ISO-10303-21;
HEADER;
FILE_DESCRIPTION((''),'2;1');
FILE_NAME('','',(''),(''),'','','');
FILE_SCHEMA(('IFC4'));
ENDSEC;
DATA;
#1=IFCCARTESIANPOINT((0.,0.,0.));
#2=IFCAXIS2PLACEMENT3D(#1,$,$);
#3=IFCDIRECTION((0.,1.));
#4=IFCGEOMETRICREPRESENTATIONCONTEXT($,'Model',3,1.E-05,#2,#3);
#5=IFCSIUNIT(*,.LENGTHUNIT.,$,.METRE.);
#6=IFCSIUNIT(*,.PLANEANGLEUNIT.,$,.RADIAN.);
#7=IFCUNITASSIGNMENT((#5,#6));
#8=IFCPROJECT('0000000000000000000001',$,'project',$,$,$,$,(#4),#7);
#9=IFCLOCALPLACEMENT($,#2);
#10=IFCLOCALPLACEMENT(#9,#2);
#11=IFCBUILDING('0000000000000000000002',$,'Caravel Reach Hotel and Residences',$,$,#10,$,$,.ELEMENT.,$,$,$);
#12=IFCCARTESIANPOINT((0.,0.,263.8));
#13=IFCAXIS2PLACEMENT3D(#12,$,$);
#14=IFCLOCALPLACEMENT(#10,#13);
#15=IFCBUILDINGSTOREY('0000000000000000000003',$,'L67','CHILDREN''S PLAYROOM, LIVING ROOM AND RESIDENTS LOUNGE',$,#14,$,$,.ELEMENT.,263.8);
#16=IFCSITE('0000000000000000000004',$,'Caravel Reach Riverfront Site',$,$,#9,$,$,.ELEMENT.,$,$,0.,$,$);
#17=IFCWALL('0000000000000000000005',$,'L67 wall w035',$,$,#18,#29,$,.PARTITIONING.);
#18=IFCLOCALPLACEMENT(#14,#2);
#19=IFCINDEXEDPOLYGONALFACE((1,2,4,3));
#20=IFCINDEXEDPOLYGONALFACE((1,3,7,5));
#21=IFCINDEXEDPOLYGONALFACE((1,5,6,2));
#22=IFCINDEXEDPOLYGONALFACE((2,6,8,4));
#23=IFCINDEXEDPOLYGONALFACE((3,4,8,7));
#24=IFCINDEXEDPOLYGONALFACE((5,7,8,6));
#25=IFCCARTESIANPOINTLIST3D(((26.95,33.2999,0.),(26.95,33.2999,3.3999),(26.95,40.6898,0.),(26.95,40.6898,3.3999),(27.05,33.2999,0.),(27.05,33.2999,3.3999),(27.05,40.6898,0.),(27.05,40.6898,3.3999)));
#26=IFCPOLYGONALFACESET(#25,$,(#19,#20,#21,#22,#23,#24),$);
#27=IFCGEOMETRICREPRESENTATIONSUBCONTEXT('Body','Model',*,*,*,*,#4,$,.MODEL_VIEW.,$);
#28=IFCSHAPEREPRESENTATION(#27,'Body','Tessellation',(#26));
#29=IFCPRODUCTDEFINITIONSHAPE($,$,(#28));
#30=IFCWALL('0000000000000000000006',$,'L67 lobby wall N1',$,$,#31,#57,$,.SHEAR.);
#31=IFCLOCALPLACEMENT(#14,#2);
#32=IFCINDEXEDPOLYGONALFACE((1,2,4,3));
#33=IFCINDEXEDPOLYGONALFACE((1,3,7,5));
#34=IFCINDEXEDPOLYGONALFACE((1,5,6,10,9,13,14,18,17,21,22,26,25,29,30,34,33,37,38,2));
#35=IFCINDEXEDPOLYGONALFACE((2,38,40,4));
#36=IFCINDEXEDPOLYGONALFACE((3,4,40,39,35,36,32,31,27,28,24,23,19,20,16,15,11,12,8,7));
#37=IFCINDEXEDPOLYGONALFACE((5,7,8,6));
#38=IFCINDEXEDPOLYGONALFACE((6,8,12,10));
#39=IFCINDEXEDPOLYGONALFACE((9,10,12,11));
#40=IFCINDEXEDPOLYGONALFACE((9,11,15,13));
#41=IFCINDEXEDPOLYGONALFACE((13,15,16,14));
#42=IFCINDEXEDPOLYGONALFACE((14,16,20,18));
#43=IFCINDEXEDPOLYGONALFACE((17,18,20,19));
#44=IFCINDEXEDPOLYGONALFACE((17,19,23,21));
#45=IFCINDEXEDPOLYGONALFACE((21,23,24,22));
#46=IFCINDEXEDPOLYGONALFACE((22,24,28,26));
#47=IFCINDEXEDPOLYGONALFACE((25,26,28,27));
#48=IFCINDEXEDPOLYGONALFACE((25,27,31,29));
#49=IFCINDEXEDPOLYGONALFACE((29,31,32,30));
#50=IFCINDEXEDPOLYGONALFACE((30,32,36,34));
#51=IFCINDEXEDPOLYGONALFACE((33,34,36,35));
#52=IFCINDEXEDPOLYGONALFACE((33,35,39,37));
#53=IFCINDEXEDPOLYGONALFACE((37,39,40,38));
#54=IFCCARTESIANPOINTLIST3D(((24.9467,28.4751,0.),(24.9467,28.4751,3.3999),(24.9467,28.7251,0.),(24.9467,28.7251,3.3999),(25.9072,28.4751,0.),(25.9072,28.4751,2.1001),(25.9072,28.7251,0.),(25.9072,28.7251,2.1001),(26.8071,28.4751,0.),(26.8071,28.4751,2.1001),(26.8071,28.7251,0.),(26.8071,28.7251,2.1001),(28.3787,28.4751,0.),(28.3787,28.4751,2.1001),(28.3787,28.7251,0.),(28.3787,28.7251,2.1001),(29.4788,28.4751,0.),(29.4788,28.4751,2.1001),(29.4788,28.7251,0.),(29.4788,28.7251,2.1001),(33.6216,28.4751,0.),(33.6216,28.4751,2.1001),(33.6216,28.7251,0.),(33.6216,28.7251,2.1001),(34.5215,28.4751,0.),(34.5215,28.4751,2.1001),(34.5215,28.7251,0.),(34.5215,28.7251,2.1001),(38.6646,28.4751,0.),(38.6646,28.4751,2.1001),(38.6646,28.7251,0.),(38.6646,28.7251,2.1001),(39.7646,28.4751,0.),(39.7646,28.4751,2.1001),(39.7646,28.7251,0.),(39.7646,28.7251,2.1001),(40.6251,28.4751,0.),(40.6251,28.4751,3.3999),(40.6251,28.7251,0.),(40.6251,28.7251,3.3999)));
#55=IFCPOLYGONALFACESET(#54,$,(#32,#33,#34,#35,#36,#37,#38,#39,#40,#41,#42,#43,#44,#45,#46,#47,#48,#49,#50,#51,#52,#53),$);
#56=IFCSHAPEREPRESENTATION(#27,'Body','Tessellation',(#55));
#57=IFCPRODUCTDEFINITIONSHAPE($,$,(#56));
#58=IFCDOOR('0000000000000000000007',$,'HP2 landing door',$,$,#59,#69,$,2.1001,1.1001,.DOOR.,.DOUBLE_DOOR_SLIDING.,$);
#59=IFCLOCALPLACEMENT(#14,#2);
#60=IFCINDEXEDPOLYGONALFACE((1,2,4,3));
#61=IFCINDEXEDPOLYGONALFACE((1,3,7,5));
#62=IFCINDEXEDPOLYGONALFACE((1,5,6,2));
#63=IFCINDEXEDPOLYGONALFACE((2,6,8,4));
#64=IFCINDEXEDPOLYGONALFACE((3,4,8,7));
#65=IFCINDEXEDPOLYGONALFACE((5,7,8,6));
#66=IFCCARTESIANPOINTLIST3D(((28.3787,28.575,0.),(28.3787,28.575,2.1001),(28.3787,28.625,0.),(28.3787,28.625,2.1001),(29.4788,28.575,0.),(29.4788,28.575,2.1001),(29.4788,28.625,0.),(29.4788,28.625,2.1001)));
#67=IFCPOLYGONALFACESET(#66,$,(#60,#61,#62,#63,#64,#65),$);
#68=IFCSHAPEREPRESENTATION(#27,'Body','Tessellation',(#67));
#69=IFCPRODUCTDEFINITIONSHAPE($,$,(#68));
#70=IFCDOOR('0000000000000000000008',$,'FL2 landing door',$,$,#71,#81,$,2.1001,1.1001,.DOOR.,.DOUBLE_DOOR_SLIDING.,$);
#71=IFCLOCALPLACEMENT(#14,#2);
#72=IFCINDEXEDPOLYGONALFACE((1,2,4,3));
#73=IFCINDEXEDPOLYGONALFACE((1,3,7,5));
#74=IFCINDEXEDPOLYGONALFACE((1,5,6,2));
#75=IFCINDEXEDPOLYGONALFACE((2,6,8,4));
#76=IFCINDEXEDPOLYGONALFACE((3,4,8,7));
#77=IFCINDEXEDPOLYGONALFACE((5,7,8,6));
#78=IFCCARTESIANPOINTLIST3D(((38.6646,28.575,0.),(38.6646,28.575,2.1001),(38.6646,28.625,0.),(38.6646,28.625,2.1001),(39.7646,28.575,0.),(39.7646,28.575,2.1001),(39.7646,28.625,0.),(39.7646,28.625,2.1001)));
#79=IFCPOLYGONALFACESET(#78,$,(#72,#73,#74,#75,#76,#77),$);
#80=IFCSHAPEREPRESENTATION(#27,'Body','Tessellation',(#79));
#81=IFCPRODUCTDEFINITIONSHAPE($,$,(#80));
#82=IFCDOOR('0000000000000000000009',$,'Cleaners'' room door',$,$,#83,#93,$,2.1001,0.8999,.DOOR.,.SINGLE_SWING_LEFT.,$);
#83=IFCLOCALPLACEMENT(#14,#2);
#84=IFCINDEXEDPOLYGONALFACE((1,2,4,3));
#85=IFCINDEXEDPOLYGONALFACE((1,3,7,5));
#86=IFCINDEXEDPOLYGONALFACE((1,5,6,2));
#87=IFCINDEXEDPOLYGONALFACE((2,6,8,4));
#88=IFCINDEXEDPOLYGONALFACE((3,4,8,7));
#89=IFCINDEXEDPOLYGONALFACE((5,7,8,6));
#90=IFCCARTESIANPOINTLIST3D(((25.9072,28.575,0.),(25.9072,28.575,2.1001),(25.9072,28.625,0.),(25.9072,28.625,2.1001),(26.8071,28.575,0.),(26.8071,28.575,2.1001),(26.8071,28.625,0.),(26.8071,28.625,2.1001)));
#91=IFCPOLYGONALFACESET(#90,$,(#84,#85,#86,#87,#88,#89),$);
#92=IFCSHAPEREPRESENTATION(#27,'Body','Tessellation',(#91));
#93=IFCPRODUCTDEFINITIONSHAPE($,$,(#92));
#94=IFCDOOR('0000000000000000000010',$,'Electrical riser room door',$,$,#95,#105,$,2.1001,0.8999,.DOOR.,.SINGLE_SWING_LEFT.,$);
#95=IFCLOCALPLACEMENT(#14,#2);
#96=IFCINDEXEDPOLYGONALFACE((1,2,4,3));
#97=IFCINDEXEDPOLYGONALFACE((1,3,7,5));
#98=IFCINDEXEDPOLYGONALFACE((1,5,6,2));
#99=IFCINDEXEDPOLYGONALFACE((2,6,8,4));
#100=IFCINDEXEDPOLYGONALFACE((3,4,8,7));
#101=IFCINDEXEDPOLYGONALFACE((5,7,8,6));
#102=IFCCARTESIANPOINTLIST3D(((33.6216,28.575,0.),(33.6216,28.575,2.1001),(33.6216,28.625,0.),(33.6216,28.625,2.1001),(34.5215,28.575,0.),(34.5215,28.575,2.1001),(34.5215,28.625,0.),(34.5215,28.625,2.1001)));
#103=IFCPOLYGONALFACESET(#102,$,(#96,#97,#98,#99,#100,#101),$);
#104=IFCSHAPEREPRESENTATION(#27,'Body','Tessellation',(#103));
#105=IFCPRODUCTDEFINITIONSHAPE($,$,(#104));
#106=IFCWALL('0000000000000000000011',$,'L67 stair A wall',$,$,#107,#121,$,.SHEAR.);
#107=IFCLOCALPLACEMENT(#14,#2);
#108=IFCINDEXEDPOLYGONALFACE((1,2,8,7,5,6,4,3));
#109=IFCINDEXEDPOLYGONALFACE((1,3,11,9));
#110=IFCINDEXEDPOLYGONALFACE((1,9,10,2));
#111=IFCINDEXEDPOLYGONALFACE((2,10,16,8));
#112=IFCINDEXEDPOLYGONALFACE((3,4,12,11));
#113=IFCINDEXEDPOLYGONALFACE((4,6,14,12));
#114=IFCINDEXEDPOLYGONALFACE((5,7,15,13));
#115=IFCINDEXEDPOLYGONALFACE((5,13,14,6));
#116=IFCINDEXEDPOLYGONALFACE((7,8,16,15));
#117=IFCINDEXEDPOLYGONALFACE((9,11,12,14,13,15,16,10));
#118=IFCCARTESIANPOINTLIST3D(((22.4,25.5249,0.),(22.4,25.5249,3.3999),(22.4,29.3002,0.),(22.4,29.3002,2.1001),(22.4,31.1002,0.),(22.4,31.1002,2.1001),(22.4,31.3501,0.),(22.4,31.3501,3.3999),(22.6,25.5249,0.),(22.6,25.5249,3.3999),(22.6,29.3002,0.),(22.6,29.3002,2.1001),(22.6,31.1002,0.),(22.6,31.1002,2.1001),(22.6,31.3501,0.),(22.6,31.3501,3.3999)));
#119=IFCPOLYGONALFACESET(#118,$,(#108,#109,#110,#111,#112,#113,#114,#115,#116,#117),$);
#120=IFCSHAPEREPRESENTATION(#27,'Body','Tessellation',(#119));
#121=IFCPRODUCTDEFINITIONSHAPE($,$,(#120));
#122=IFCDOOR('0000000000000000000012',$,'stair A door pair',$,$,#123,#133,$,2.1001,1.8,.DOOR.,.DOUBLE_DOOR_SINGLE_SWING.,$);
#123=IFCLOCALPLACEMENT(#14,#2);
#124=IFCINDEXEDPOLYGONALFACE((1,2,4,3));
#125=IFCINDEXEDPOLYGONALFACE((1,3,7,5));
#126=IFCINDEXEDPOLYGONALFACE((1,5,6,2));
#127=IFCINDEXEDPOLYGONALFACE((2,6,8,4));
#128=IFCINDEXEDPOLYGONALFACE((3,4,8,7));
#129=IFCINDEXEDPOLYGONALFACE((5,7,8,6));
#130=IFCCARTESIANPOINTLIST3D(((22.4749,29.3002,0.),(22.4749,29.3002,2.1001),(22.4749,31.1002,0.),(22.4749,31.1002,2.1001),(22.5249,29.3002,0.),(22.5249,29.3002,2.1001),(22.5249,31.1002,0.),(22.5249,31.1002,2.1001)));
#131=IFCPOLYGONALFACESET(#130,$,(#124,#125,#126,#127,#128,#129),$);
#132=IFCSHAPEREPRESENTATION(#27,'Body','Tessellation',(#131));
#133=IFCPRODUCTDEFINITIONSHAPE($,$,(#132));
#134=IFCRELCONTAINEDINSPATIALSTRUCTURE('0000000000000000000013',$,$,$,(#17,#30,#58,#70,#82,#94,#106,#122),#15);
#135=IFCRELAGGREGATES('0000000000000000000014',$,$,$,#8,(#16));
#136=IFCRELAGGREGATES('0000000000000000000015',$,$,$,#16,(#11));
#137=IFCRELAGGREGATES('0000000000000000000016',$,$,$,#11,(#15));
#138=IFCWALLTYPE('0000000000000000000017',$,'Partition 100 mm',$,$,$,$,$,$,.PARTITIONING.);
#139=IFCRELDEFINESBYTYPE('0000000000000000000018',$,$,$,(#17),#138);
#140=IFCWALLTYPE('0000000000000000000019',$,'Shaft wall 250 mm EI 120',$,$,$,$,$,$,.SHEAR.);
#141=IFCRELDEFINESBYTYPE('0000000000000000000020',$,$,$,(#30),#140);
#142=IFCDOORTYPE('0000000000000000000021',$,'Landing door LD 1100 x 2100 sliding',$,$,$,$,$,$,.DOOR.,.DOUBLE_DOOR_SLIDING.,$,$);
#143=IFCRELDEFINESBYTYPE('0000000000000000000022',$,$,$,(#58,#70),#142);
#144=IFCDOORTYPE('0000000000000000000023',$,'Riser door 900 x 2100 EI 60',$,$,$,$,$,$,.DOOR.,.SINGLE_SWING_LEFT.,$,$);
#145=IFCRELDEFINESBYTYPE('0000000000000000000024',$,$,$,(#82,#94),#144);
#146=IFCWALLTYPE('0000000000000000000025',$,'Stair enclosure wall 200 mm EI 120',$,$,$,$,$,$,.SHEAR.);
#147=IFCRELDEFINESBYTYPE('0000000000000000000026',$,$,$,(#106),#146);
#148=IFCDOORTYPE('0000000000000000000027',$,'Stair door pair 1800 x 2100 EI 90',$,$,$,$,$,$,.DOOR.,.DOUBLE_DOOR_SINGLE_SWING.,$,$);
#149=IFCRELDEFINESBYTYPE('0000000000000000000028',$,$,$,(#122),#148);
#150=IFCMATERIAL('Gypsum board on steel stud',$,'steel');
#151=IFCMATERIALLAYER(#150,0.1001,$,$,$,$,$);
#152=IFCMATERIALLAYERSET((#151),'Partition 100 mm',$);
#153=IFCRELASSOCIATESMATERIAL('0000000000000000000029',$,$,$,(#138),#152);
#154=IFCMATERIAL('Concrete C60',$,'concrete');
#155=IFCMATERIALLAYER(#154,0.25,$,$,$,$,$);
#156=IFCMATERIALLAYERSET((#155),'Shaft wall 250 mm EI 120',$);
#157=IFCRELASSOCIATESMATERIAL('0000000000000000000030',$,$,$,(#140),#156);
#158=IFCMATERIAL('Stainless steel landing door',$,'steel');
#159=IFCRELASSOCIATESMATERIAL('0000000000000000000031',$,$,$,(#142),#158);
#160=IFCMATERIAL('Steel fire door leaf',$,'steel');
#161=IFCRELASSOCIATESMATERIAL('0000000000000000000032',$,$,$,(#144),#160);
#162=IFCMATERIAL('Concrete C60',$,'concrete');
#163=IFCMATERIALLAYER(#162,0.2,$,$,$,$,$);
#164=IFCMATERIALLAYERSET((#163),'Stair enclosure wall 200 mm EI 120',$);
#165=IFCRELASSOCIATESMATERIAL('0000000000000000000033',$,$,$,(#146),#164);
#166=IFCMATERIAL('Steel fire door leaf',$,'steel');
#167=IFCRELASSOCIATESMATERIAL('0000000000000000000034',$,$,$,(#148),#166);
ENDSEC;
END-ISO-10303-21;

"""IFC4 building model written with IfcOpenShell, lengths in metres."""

from ifc_helpers import new_model, si_unit, direction, frame, frame_2d, origin, place, context, subcontext, project, spatial, rectangle, extrude, material, layer, layer_set, type_object, element, fill, save


model = new_model("IFC4")

# Units and contexts
model_context = context("Model", 3, precision=1e-05, world=origin(), true_north=direction((0.0, 1.0)))
body_context = subcontext(model_context, "Body", "Model", "MODEL_VIEW")
ifc_project = project(units=[si_unit("LENGTHUNIT", "METRE"), si_unit("PLANEANGLEUNIT", "RADIAN")], contexts=[model_context])

# Site, building, storey
site_placement = place(None, origin())
site = spatial("IfcSite", under=ifc_project, at=site_placement, Name="Caravel Reach Riverfront Site", CompositionType="ELEMENT", RefElevation=0.0)
building_placement = place(site_placement, origin())
building = spatial("IfcBuilding", under=site, at=building_placement, Name="Caravel Reach Hotel and Residences", CompositionType="ELEMENT")
storey_placement = place(building_placement, frame((0.0, 0.0, 263.8)))
storey = spatial("IfcBuildingStorey", under=building, at=storey_placement, Name="L67", Description="CHILDREN'S PLAYROOM, LIVING ROOM AND RESIDENTS LOUNGE", CompositionType="ELEMENT", Elevation=263.8)

# Shared definitions
ifc_material_1 = material(Name="Gypsum board on steel stud", Category="steel")
ifc_layer_1 = layer(ifc_material_1, 0.1001)
ifc_layer_set_1 = layer_set([ifc_layer_1], Name="Partition 100 mm")
wall_type_1 = type_object("IfcWallType", Name="Partition 100 mm", PredefinedType="PARTITIONING", material=ifc_layer_set_1)

# Wall
wall_1_placement = place(storey_placement, frame((27.0, 33.3, 0.0), z_axis=(0.0, 0.0, 1.0), x_axis=(0.0, 1.0, 0.0)))
element("IfcWall", 1, at=wall_1_placement, inside=storey, type_object=wall_type_1, Name="L67 wall w035", PredefinedType="PARTITIONING", context=body_context, shape_type="SweptSolid", body=[
    extrude(rectangle(XDim=7.3899, YDim=0.1001, at=frame_2d((3.6948, 0.0))), origin(), (0.0, 0.0, 1.0), 3.3999),
])

# Wall, openings, doors
ifc_material_2 = material(Name="Concrete C60", Category="concrete")
ifc_layer_2 = layer(ifc_material_2, 0.25)
ifc_layer_set_2 = layer_set([ifc_layer_2], Name="Shaft wall 250 mm EI 120")
wall_type_2 = type_object("IfcWallType", Name="Shaft wall 250 mm EI 120", PredefinedType="SHEAR", material=ifc_layer_set_2)
wall_2_placement = place(storey_placement, frame((24.9465, 28.6001, 0.0), z_axis=(0.0, 0.0, 1.0), x_axis=(1.0, 0.0, 0.0)))
wall_2 = element("IfcWall", 2, at=wall_2_placement, inside=storey, type_object=wall_type_2, Name="L67 lobby wall N1", PredefinedType="SHEAR", context=body_context, shape_type="SweptSolid", body=[
    extrude(rectangle(XDim=15.6785, YDim=0.25, at=frame_2d((7.8394, 0.0))), origin(), (0.0, 0.0, 1.0), 3.3999),
])
opening_1_placement = place(wall_2_placement, frame((3.4321, 0.0, 0.0)))
opening_1 = element("IfcOpeningElement", 3, at=opening_1_placement, cuts=wall_2, PredefinedType="OPENING", context=body_context, shape_type="SweptSolid", body=[
    extrude(rectangle(XDim=1.1001, YDim=2.1001, at=frame_2d((0.55, 1.05))), frame((0.0, 0.135, 0.0), z_axis=(0.0, -1.0, 0.0), x_axis=(1.0, 0.0, 0.0)), (0.0, 0.0, 1.0), 0.27),
])
opening_2_placement = place(wall_2_placement, frame((13.718, 0.0, 0.0)))
opening_2 = element("IfcOpeningElement", 4, at=opening_2_placement, cuts=wall_2, PredefinedType="OPENING", context=body_context, shape_type="SweptSolid", body=[
    extrude(rectangle(XDim=1.1001, YDim=2.1001, at=frame_2d((0.55, 1.05))), frame((0.0, 0.135, 0.0), z_axis=(0.0, -1.0, 0.0), x_axis=(1.0, 0.0, 0.0)), (0.0, 0.0, 1.0), 0.27),
])
opening_3_placement = place(wall_2_placement, frame((0.9607, 0.0, 0.0)))
opening_3 = element("IfcOpeningElement", 5, at=opening_3_placement, cuts=wall_2, PredefinedType="OPENING", context=body_context, shape_type="SweptSolid", body=[
    extrude(rectangle(XDim=0.8999, YDim=2.1001, at=frame_2d((0.45, 1.05))), frame((0.0, 0.135, 0.0), z_axis=(0.0, -1.0, 0.0), x_axis=(1.0, 0.0, 0.0)), (0.0, 0.0, 1.0), 0.27),
])
opening_4_placement = place(wall_2_placement, frame((8.675, 0.0, 0.0)))
opening_4 = element("IfcOpeningElement", 6, at=opening_4_placement, cuts=wall_2, PredefinedType="OPENING", context=body_context, shape_type="SweptSolid", body=[
    extrude(rectangle(XDim=0.8999, YDim=2.1001, at=frame_2d((0.45, 1.05))), frame((0.0, 0.135, 0.0), z_axis=(0.0, -1.0, 0.0), x_axis=(1.0, 0.0, 0.0)), (0.0, 0.0, 1.0), 0.27),
])
ifc_material_3 = material(Name="Stainless steel landing door", Category="steel")
door_type_1 = type_object("IfcDoorType", Name="Landing door LD 1100 x 2100 sliding", OperationType="DOUBLE_DOOR_SLIDING", PredefinedType="DOOR", material=ifc_material_3)
door_1_placement = place(opening_1_placement, origin())
door_1 = element("IfcDoor", 7, at=door_1_placement, inside=storey, type_object=door_type_1, Name="HP2 landing door", OperationType="DOUBLE_DOOR_SLIDING", OverallHeight=2.1001, OverallWidth=1.1001, PredefinedType="DOOR", context=body_context, shape_type="SweptSolid", body=[
    extrude(rectangle(XDim=1.1001, YDim=2.1001, at=frame_2d((0.55, 1.05))), frame((0.0, 0.0249, 0.0), z_axis=(0.0, -1.0, 0.0), x_axis=(1.0, 0.0, 0.0)), (0.0, 0.0, 1.0), 0.05),
])
fill(opening_1, door_1)
door_2_placement = place(opening_2_placement, origin())
door_2 = element("IfcDoor", 8, at=door_2_placement, inside=storey, type_object=door_type_1, Name="FL2 landing door", OperationType="DOUBLE_DOOR_SLIDING", OverallHeight=2.1001, OverallWidth=1.1001, PredefinedType="DOOR", context=body_context, shape_type="SweptSolid", body=[
    extrude(rectangle(XDim=1.1001, YDim=2.1001, at=frame_2d((0.55, 1.05))), frame((0.0, 0.0249, 0.0), z_axis=(0.0, -1.0, 0.0), x_axis=(1.0, 0.0, 0.0)), (0.0, 0.0, 1.0), 0.05),
])
fill(opening_2, door_2)
ifc_material_4 = material(Name="Steel fire door leaf", Category="steel")
door_type_2 = type_object("IfcDoorType", Name="Riser door 900 x 2100 EI 60", OperationType="SINGLE_SWING_LEFT", PredefinedType="DOOR", material=ifc_material_4)
door_3_placement = place(opening_3_placement, origin())
door_3 = element("IfcDoor", 9, at=door_3_placement, inside=storey, type_object=door_type_2, Name="Cleaners' room door", OperationType="SINGLE_SWING_LEFT", OverallHeight=2.1001, OverallWidth=0.8999, PredefinedType="DOOR", context=body_context, shape_type="SweptSolid", body=[
    extrude(rectangle(XDim=0.8999, YDim=2.1001, at=frame_2d((0.45, 1.05))), frame((0.0, 0.0249, 0.0), z_axis=(0.0, -1.0, 0.0), x_axis=(1.0, 0.0, 0.0)), (0.0, 0.0, 1.0), 0.05),
])
fill(opening_3, door_3)
door_4_placement = place(opening_4_placement, origin())
door_4 = element("IfcDoor", 10, at=door_4_placement, inside=storey, type_object=door_type_2, Name="Electrical riser room door", OperationType="SINGLE_SWING_LEFT", OverallHeight=2.1001, OverallWidth=0.8999, PredefinedType="DOOR", context=body_context, shape_type="SweptSolid", body=[
    extrude(rectangle(XDim=0.8999, YDim=2.1001, at=frame_2d((0.45, 1.05))), frame((0.0, 0.0249, 0.0), z_axis=(0.0, -1.0, 0.0), x_axis=(1.0, 0.0, 0.0)), (0.0, 0.0, 1.0), 0.05),
])
fill(opening_4, door_4)

# Wall, opening, door
ifc_material_5 = material(Name="Concrete C60", Category="concrete")
ifc_layer_3 = layer(ifc_material_5, 0.2)
ifc_layer_set_3 = layer_set([ifc_layer_3], Name="Stair enclosure wall 200 mm EI 120")
wall_type_3 = type_object("IfcWallType", Name="Stair enclosure wall 200 mm EI 120", PredefinedType="SHEAR", material=ifc_layer_set_3)
wall_3_placement = place(storey_placement, frame((22.5, 31.3501, 0.0), z_axis=(0.0, 0.0, 1.0), x_axis=(0.0, -1.0, 0.0)))
wall_3 = element("IfcWall", 11, at=wall_3_placement, inside=storey, type_object=wall_type_3, Name="L67 stair A wall", PredefinedType="SHEAR", context=body_context, shape_type="SweptSolid", body=[
    extrude(rectangle(XDim=5.8252, YDim=0.2, at=frame_2d((2.9126, 0.0))), origin(), (0.0, 0.0, 1.0), 3.3999),
])
opening_5_placement = place(wall_3_placement, frame((0.25, 0.0, 0.0)))
opening_5 = element("IfcOpeningElement", 12, at=opening_5_placement, cuts=wall_3, PredefinedType="OPENING", context=body_context, shape_type="SweptSolid", body=[
    extrude(rectangle(XDim=1.8, YDim=2.1001, at=frame_2d((0.8999, 1.05))), frame((0.0, 0.1099, 0.0), z_axis=(0.0, -1.0, 0.0), x_axis=(1.0, 0.0, 0.0)), (0.0, 0.0, 1.0), 0.22),
])
ifc_material_6 = material(Name="Steel fire door leaf", Category="steel")
door_type_3 = type_object("IfcDoorType", Name="Stair door pair 1800 x 2100 EI 90", OperationType="DOUBLE_DOOR_SINGLE_SWING", PredefinedType="DOOR", material=ifc_material_6)
door_5_placement = place(opening_5_placement, origin())
door_5 = element("IfcDoor", 13, at=door_5_placement, inside=storey, type_object=door_type_3, Name="stair A door pair", OperationType="DOUBLE_DOOR_SINGLE_SWING", OverallHeight=2.1001, OverallWidth=1.8, PredefinedType="DOOR", context=body_context, shape_type="SweptSolid", body=[
    extrude(rectangle(XDim=1.8, YDim=2.1001, at=frame_2d((0.8999, 1.05))), frame((0.0, 0.0249, 0.0), z_axis=(0.0, -1.0, 0.0), x_axis=(1.0, 0.0, 0.0)), (0.0, 0.0, 1.0), 0.05),
])
fill(opening_5, door_5)

save(model, "model.ifc")
